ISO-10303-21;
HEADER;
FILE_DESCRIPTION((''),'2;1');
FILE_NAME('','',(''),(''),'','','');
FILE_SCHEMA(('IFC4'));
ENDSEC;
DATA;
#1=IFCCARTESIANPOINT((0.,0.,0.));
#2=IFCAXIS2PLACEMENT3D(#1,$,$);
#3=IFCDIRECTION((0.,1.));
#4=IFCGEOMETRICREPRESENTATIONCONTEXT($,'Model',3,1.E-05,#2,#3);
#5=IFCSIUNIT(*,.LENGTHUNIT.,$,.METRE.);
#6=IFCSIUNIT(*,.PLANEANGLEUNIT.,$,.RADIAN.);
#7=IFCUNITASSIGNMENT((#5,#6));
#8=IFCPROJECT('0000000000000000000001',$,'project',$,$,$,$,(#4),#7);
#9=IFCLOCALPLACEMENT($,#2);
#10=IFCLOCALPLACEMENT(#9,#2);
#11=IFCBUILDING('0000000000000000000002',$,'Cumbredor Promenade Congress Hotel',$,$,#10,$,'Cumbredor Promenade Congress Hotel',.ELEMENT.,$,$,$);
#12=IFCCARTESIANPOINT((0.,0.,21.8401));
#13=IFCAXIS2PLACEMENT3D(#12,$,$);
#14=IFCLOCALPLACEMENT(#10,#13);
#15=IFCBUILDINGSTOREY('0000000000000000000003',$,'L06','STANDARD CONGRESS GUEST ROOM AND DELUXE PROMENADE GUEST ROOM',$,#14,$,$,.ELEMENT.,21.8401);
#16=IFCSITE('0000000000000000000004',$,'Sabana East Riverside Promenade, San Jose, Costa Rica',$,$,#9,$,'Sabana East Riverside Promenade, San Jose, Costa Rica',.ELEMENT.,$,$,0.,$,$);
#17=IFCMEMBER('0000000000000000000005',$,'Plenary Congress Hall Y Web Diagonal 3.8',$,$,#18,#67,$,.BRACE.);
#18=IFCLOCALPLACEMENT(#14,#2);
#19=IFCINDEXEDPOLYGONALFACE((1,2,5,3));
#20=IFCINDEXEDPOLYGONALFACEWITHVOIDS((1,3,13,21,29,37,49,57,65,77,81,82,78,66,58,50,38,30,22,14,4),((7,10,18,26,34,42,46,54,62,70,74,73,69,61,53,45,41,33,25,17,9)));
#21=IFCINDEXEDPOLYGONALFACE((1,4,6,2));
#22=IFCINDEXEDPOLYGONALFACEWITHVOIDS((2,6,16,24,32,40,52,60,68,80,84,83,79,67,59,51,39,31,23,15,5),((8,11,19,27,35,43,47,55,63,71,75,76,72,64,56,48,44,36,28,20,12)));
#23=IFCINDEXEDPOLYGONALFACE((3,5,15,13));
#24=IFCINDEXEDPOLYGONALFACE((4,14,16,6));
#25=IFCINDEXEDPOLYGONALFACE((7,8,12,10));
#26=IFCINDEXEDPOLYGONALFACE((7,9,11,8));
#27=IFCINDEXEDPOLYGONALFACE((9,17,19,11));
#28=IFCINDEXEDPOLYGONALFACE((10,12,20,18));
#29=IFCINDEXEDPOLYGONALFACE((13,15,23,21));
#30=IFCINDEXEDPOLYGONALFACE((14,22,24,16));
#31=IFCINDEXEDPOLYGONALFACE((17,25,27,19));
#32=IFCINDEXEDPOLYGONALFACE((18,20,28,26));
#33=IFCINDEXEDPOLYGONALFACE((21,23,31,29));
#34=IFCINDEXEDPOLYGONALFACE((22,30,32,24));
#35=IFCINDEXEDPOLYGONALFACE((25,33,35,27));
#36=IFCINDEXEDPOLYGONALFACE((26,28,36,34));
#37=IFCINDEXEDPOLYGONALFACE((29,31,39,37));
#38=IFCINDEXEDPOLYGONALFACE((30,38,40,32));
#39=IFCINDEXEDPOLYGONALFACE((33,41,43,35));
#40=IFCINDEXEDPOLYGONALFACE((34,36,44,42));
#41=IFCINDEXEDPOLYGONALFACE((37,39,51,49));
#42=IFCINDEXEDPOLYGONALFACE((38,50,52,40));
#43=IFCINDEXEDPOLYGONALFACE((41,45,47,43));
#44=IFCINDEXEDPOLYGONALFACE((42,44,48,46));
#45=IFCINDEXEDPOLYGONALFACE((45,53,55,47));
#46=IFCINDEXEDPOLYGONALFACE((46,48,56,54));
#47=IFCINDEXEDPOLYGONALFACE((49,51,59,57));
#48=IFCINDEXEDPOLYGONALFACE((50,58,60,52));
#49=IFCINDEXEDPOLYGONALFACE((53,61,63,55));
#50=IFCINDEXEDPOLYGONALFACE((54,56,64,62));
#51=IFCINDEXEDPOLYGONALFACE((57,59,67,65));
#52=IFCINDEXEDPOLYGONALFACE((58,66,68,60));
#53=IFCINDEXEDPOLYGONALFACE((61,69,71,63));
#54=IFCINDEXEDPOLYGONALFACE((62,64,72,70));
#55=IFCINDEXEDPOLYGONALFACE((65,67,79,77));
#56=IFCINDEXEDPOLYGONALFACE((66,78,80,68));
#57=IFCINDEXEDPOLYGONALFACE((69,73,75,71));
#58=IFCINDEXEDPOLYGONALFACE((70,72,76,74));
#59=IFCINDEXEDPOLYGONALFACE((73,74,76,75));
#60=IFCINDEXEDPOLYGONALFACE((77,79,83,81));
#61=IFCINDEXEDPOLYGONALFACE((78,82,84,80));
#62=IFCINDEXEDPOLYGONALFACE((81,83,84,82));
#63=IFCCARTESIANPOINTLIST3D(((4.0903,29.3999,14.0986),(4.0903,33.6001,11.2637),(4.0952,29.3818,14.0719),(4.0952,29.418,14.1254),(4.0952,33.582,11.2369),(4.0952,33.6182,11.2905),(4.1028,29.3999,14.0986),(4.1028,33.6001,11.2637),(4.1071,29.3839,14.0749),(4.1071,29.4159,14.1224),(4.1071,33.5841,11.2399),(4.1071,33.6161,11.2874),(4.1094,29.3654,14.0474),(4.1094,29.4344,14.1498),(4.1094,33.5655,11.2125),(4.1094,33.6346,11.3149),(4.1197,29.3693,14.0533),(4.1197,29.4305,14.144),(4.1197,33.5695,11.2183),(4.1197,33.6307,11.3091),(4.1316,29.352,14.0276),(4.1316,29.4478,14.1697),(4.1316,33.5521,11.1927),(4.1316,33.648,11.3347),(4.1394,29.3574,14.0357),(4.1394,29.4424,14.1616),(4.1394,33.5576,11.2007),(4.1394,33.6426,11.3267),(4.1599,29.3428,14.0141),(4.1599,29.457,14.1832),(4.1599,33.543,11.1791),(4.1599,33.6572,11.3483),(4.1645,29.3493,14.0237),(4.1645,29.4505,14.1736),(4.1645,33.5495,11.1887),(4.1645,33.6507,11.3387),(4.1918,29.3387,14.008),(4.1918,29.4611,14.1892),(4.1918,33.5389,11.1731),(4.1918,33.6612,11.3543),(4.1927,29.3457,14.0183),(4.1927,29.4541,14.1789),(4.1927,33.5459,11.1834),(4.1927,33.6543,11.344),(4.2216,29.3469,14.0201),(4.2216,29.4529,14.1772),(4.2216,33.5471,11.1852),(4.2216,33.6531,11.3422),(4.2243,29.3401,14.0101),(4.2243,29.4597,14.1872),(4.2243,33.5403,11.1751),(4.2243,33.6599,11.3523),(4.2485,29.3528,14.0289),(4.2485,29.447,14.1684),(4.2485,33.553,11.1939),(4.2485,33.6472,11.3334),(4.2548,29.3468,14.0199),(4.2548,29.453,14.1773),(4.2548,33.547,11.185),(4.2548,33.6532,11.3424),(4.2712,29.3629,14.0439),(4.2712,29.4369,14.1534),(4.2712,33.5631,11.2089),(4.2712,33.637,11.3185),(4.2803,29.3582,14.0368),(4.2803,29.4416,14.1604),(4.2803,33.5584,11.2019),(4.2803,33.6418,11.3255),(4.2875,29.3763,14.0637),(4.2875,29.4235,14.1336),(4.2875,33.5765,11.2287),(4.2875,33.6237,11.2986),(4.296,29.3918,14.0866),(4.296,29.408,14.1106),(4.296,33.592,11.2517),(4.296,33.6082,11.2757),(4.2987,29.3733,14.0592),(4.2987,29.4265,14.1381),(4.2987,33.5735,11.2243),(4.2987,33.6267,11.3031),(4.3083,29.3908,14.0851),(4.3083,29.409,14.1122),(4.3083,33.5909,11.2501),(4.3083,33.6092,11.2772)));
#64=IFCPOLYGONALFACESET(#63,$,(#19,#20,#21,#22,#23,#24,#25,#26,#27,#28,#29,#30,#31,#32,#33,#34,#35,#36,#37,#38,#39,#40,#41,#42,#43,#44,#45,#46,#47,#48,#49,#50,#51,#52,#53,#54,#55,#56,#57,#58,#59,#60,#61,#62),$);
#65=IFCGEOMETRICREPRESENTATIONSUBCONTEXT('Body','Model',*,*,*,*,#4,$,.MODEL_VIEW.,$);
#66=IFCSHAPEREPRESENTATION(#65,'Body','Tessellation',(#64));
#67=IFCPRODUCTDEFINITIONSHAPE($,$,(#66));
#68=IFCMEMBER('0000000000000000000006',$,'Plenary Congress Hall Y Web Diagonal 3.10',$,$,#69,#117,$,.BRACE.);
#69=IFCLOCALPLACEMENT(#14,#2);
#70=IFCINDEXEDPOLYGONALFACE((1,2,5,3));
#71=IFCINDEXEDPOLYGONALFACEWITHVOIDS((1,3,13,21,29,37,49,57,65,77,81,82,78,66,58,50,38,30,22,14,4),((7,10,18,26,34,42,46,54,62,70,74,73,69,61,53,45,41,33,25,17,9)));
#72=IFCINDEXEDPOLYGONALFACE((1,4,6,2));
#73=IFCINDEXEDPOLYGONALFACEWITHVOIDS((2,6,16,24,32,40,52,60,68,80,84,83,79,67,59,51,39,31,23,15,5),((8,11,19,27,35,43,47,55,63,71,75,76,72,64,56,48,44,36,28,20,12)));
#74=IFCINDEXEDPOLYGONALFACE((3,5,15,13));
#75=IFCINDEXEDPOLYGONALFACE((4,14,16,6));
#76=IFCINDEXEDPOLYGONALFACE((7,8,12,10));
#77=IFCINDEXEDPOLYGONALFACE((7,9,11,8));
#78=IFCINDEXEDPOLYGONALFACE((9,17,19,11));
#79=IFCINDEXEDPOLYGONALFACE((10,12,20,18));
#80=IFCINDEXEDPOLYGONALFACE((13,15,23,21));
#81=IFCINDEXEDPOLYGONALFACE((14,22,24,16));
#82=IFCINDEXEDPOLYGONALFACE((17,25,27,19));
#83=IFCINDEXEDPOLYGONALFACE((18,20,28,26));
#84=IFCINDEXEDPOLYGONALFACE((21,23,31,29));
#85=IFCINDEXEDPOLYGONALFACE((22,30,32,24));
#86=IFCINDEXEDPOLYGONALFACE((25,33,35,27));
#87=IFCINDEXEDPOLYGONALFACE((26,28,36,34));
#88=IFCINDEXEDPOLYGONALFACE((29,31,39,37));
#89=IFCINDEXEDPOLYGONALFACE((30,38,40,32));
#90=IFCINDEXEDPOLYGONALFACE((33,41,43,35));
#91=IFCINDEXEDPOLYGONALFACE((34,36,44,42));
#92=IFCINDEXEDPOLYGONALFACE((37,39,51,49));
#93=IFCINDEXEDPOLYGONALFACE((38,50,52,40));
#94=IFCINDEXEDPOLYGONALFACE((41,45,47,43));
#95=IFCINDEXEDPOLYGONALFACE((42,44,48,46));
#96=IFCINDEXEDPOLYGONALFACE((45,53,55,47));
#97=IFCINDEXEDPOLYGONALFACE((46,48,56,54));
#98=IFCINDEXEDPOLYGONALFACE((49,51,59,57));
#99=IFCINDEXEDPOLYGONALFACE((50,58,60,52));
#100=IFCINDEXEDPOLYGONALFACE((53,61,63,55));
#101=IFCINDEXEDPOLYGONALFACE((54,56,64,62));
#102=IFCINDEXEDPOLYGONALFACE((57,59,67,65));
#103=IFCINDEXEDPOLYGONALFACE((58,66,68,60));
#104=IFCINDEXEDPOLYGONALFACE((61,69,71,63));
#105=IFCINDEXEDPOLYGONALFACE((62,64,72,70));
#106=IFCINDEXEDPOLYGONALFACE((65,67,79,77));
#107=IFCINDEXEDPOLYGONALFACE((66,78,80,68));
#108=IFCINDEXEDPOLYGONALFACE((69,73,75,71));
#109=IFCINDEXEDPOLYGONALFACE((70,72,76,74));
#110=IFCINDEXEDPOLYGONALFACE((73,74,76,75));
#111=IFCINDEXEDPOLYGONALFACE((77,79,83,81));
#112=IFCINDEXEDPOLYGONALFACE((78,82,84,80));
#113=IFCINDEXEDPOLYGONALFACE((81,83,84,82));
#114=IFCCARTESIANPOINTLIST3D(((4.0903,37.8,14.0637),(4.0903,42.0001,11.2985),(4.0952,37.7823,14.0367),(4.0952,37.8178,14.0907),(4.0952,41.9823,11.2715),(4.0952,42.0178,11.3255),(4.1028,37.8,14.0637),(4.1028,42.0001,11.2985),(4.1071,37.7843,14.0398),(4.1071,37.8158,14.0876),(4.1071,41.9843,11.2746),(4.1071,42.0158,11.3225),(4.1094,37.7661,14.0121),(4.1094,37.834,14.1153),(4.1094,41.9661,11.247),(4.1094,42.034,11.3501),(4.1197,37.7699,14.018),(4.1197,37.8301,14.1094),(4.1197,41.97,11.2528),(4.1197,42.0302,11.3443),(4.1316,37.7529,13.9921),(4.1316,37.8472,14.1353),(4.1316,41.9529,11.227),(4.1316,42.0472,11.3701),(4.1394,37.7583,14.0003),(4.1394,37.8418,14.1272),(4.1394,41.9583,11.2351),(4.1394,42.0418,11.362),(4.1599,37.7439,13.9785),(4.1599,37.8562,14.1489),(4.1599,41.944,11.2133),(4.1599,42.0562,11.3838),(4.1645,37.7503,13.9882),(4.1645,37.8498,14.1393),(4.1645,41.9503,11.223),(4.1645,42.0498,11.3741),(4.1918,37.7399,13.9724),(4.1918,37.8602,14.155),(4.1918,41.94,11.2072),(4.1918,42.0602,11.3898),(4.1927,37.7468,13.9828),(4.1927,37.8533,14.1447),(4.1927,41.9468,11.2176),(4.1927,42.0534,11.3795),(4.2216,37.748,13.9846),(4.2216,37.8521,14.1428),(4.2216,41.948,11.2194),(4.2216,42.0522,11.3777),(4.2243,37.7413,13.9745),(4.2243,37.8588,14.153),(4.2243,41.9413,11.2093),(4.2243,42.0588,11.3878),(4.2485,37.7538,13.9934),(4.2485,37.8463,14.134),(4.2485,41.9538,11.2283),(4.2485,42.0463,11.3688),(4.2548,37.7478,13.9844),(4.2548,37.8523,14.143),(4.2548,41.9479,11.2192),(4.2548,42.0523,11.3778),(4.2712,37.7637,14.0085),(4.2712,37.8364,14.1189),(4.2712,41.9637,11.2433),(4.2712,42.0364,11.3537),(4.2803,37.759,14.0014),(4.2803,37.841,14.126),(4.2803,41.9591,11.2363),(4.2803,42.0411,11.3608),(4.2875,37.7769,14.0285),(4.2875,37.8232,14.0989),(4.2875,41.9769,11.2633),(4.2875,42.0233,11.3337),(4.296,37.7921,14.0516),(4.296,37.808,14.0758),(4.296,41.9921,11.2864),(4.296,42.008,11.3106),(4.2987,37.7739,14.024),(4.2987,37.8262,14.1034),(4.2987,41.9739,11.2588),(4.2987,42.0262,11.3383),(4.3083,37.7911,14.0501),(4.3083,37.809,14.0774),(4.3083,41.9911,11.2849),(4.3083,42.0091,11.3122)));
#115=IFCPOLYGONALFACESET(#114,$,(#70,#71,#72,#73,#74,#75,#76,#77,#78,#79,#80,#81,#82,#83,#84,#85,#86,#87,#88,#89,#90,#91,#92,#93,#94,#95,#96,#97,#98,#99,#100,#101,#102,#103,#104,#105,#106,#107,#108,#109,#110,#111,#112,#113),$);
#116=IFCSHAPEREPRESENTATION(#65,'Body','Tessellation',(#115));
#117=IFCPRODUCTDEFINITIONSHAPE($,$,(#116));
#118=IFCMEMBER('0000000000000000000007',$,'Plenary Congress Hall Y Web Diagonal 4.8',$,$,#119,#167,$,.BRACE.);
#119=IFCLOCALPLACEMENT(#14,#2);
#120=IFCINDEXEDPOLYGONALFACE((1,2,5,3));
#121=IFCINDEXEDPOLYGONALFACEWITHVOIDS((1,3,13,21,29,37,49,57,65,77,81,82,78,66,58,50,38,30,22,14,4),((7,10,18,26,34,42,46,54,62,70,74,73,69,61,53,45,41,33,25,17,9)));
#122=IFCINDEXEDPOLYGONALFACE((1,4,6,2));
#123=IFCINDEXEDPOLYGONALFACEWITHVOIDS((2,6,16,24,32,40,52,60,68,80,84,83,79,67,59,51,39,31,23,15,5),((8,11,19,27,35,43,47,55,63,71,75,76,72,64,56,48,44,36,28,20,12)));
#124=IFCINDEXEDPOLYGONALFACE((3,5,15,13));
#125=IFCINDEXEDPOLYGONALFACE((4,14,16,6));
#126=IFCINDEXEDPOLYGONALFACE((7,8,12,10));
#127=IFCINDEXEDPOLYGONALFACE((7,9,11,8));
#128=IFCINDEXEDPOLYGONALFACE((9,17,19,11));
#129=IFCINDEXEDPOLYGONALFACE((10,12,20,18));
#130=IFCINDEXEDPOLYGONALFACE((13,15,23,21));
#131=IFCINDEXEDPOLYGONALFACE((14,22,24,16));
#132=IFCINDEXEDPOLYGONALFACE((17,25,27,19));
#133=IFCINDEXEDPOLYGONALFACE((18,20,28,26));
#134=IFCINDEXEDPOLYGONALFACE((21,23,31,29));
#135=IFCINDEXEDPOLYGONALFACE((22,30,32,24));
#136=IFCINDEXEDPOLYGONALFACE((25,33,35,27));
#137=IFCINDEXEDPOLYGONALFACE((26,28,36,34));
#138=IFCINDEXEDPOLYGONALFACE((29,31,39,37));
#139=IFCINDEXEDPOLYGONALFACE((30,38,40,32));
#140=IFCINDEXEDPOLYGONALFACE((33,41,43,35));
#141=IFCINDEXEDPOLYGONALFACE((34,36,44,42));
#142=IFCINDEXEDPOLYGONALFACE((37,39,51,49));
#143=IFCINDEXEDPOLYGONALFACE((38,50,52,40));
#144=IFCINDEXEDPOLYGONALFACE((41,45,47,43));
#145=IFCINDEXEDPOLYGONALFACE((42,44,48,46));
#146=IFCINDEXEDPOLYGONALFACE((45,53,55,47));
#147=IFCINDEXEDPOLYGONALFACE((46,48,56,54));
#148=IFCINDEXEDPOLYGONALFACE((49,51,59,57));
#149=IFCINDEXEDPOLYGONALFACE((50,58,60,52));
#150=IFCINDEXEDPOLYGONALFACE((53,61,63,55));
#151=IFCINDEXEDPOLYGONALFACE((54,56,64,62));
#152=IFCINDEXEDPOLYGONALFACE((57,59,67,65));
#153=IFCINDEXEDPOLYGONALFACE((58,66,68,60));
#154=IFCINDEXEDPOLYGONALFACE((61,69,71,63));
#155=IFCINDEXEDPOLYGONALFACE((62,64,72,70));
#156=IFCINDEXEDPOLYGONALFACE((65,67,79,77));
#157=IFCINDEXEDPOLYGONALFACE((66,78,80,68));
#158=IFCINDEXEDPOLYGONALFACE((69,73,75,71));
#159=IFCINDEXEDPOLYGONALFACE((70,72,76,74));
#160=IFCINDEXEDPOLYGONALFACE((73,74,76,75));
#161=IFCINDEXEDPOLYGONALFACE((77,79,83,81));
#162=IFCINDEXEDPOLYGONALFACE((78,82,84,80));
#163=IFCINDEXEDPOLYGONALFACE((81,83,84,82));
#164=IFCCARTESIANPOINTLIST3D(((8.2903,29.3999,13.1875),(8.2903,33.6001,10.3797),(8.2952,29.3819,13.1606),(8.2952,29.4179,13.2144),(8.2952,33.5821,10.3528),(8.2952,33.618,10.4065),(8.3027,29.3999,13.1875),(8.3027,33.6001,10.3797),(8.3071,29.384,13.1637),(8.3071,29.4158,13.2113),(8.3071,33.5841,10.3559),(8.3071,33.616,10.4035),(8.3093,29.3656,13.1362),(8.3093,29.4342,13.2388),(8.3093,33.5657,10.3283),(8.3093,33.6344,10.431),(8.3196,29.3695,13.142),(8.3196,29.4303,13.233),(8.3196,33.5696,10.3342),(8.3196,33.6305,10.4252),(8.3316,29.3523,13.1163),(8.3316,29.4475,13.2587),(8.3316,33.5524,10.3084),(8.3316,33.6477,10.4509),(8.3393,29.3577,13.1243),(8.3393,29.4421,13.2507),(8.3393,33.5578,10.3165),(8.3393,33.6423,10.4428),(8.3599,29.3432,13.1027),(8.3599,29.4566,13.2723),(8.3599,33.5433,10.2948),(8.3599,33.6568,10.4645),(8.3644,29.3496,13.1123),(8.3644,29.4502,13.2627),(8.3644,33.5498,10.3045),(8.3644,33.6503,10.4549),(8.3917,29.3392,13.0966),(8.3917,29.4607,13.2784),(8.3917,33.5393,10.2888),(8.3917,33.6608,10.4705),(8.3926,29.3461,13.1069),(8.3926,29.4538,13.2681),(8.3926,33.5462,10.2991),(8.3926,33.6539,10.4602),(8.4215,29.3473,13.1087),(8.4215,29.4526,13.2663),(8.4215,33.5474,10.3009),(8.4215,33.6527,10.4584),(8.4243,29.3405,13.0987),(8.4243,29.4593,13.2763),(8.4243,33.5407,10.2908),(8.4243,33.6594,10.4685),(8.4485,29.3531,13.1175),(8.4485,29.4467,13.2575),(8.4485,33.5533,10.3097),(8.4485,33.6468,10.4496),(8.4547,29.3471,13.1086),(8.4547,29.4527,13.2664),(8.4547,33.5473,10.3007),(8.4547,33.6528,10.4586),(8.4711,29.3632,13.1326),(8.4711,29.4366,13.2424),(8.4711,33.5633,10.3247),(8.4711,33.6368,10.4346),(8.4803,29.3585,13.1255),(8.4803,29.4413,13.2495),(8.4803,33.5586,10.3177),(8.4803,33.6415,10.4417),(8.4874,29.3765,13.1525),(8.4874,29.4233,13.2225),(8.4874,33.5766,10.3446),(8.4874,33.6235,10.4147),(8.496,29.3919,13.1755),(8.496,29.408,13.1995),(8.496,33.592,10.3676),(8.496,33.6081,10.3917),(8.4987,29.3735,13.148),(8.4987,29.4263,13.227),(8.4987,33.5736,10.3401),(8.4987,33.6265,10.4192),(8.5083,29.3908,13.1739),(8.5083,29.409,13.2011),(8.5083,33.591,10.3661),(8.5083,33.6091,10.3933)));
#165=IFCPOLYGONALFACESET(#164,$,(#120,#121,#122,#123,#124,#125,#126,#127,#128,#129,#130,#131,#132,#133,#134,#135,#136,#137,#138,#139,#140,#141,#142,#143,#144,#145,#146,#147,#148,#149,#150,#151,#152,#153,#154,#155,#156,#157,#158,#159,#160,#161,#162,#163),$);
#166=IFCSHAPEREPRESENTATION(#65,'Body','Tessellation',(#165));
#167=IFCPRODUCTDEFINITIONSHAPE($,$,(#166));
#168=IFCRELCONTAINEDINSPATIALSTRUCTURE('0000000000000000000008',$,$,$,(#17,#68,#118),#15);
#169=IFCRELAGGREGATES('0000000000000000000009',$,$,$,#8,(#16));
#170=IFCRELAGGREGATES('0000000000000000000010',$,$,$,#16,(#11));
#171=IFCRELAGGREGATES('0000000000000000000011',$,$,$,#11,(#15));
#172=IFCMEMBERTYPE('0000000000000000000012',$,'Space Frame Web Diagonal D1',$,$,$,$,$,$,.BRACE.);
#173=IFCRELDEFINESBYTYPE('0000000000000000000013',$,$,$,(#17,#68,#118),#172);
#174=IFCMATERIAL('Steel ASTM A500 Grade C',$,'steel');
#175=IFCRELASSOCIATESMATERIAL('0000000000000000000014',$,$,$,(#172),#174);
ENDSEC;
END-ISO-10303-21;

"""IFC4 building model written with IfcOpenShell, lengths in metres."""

from ifc_helpers import new_model, si_unit, direction, frame, origin, origin_2d, place, context, subcontext, project, spatial, hollow_circle, extrude, material, material_profile, profile_set, type_object, element, save


model = new_model("IFC4")

# Units and contexts
model_context = context("Model", 3, precision=1e-05, world=origin(), true_north=direction((0.0, 1.0)))
body_context = subcontext(model_context, "Body", "Model", "MODEL_VIEW")
ifc_project = project(units=[si_unit("LENGTHUNIT", "METRE"), si_unit("PLANEANGLEUNIT", "RADIAN")], contexts=[model_context])

# Site, building, storey
site_placement = place(None, origin())
site = spatial("IfcSite", under=ifc_project, at=site_placement, Name="Sabana East Riverside Promenade, San Jose, Costa Rica", LongName="Sabana East Riverside Promenade, San Jose, Costa Rica", CompositionType="ELEMENT", RefElevation=0.0)
building_placement = place(site_placement, origin())
building = spatial("IfcBuilding", under=site, at=building_placement, Name="Cumbredor Promenade Congress Hotel", LongName="Cumbredor Promenade Congress Hotel", CompositionType="ELEMENT")
storey_placement = place(building_placement, frame((0.0, 0.0, 21.8401)))
storey = spatial("IfcBuildingStorey", under=building, at=storey_placement, Name="L06", Description="STANDARD CONGRESS GUEST ROOM AND DELUXE PROMENADE GUEST ROOM", CompositionType="ELEMENT", Elevation=21.8401)

# Members
ifc_material_1 = material(Name="Steel ASTM A500 Grade C", Category="steel")
ifc_material_profile_1 = material_profile(ifc_material_1, hollow_circle(Radius=0.1096, WallThickness=0.0125, at=origin_2d()), Name="CHS 219.1x12.5")
ifc_profile_set_1 = profile_set([ifc_material_profile_1], Name="Steel ASTM A500 Grade C")
member_type_1 = type_object("IfcMemberType", Name="Space Frame Web Diagonal D1", PredefinedType="BRACE", material=ifc_profile_set_1)
member_1_placement = place(storey_placement, frame((4.2, 29.3999, 14.0986), z_axis=(0.0, 0.828864, -0.55945), x_axis=(-1.0, 0.0, 0.0)))
element("IfcMember", 1, at=member_1_placement, inside=storey, type_object=member_type_1, Name="Plenary Congress Hall Y Web Diagonal 3.8", PredefinedType="BRACE", context=body_context, shape_type="SweptSolid", body=[
    extrude(hollow_circle(Radius=0.1096, WallThickness=0.0125, at=origin_2d()), origin(), (0.0, 0.0, 1.0), 5.0674),
])
member_2_placement = place(storey_placement, frame((4.2, 37.8, 14.0637), z_axis=(0.0, 0.835233, -0.549896), x_axis=(-1.0, 0.0, 0.0)))
element("IfcMember", 2, at=member_2_placement, inside=storey, type_object=member_type_1, Name="Plenary Congress Hall Y Web Diagonal 3.10", PredefinedType="BRACE", context=body_context, shape_type="SweptSolid", body=[
    extrude(hollow_circle(Radius=0.1096, WallThickness=0.0125, at=origin_2d()), origin(), (0.0, 0.0, 1.0), 5.0286),
])
member_3_placement = place(storey_placement, frame((8.3999, 29.3999, 13.1875), z_axis=(0.0, 0.831343, -0.555759), x_axis=(-1.0, 0.0, 0.0)))
element("IfcMember", 3, at=member_3_placement, inside=storey, type_object=member_type_1, Name="Plenary Congress Hall Y Web Diagonal 4.8", PredefinedType="BRACE", context=body_context, shape_type="SweptSolid", body=[
    extrude(hollow_circle(Radius=0.1096, WallThickness=0.0125, at=origin_2d()), origin(), (0.0, 0.0, 1.0), 5.0522),
])

save(model, "model.ifc")
